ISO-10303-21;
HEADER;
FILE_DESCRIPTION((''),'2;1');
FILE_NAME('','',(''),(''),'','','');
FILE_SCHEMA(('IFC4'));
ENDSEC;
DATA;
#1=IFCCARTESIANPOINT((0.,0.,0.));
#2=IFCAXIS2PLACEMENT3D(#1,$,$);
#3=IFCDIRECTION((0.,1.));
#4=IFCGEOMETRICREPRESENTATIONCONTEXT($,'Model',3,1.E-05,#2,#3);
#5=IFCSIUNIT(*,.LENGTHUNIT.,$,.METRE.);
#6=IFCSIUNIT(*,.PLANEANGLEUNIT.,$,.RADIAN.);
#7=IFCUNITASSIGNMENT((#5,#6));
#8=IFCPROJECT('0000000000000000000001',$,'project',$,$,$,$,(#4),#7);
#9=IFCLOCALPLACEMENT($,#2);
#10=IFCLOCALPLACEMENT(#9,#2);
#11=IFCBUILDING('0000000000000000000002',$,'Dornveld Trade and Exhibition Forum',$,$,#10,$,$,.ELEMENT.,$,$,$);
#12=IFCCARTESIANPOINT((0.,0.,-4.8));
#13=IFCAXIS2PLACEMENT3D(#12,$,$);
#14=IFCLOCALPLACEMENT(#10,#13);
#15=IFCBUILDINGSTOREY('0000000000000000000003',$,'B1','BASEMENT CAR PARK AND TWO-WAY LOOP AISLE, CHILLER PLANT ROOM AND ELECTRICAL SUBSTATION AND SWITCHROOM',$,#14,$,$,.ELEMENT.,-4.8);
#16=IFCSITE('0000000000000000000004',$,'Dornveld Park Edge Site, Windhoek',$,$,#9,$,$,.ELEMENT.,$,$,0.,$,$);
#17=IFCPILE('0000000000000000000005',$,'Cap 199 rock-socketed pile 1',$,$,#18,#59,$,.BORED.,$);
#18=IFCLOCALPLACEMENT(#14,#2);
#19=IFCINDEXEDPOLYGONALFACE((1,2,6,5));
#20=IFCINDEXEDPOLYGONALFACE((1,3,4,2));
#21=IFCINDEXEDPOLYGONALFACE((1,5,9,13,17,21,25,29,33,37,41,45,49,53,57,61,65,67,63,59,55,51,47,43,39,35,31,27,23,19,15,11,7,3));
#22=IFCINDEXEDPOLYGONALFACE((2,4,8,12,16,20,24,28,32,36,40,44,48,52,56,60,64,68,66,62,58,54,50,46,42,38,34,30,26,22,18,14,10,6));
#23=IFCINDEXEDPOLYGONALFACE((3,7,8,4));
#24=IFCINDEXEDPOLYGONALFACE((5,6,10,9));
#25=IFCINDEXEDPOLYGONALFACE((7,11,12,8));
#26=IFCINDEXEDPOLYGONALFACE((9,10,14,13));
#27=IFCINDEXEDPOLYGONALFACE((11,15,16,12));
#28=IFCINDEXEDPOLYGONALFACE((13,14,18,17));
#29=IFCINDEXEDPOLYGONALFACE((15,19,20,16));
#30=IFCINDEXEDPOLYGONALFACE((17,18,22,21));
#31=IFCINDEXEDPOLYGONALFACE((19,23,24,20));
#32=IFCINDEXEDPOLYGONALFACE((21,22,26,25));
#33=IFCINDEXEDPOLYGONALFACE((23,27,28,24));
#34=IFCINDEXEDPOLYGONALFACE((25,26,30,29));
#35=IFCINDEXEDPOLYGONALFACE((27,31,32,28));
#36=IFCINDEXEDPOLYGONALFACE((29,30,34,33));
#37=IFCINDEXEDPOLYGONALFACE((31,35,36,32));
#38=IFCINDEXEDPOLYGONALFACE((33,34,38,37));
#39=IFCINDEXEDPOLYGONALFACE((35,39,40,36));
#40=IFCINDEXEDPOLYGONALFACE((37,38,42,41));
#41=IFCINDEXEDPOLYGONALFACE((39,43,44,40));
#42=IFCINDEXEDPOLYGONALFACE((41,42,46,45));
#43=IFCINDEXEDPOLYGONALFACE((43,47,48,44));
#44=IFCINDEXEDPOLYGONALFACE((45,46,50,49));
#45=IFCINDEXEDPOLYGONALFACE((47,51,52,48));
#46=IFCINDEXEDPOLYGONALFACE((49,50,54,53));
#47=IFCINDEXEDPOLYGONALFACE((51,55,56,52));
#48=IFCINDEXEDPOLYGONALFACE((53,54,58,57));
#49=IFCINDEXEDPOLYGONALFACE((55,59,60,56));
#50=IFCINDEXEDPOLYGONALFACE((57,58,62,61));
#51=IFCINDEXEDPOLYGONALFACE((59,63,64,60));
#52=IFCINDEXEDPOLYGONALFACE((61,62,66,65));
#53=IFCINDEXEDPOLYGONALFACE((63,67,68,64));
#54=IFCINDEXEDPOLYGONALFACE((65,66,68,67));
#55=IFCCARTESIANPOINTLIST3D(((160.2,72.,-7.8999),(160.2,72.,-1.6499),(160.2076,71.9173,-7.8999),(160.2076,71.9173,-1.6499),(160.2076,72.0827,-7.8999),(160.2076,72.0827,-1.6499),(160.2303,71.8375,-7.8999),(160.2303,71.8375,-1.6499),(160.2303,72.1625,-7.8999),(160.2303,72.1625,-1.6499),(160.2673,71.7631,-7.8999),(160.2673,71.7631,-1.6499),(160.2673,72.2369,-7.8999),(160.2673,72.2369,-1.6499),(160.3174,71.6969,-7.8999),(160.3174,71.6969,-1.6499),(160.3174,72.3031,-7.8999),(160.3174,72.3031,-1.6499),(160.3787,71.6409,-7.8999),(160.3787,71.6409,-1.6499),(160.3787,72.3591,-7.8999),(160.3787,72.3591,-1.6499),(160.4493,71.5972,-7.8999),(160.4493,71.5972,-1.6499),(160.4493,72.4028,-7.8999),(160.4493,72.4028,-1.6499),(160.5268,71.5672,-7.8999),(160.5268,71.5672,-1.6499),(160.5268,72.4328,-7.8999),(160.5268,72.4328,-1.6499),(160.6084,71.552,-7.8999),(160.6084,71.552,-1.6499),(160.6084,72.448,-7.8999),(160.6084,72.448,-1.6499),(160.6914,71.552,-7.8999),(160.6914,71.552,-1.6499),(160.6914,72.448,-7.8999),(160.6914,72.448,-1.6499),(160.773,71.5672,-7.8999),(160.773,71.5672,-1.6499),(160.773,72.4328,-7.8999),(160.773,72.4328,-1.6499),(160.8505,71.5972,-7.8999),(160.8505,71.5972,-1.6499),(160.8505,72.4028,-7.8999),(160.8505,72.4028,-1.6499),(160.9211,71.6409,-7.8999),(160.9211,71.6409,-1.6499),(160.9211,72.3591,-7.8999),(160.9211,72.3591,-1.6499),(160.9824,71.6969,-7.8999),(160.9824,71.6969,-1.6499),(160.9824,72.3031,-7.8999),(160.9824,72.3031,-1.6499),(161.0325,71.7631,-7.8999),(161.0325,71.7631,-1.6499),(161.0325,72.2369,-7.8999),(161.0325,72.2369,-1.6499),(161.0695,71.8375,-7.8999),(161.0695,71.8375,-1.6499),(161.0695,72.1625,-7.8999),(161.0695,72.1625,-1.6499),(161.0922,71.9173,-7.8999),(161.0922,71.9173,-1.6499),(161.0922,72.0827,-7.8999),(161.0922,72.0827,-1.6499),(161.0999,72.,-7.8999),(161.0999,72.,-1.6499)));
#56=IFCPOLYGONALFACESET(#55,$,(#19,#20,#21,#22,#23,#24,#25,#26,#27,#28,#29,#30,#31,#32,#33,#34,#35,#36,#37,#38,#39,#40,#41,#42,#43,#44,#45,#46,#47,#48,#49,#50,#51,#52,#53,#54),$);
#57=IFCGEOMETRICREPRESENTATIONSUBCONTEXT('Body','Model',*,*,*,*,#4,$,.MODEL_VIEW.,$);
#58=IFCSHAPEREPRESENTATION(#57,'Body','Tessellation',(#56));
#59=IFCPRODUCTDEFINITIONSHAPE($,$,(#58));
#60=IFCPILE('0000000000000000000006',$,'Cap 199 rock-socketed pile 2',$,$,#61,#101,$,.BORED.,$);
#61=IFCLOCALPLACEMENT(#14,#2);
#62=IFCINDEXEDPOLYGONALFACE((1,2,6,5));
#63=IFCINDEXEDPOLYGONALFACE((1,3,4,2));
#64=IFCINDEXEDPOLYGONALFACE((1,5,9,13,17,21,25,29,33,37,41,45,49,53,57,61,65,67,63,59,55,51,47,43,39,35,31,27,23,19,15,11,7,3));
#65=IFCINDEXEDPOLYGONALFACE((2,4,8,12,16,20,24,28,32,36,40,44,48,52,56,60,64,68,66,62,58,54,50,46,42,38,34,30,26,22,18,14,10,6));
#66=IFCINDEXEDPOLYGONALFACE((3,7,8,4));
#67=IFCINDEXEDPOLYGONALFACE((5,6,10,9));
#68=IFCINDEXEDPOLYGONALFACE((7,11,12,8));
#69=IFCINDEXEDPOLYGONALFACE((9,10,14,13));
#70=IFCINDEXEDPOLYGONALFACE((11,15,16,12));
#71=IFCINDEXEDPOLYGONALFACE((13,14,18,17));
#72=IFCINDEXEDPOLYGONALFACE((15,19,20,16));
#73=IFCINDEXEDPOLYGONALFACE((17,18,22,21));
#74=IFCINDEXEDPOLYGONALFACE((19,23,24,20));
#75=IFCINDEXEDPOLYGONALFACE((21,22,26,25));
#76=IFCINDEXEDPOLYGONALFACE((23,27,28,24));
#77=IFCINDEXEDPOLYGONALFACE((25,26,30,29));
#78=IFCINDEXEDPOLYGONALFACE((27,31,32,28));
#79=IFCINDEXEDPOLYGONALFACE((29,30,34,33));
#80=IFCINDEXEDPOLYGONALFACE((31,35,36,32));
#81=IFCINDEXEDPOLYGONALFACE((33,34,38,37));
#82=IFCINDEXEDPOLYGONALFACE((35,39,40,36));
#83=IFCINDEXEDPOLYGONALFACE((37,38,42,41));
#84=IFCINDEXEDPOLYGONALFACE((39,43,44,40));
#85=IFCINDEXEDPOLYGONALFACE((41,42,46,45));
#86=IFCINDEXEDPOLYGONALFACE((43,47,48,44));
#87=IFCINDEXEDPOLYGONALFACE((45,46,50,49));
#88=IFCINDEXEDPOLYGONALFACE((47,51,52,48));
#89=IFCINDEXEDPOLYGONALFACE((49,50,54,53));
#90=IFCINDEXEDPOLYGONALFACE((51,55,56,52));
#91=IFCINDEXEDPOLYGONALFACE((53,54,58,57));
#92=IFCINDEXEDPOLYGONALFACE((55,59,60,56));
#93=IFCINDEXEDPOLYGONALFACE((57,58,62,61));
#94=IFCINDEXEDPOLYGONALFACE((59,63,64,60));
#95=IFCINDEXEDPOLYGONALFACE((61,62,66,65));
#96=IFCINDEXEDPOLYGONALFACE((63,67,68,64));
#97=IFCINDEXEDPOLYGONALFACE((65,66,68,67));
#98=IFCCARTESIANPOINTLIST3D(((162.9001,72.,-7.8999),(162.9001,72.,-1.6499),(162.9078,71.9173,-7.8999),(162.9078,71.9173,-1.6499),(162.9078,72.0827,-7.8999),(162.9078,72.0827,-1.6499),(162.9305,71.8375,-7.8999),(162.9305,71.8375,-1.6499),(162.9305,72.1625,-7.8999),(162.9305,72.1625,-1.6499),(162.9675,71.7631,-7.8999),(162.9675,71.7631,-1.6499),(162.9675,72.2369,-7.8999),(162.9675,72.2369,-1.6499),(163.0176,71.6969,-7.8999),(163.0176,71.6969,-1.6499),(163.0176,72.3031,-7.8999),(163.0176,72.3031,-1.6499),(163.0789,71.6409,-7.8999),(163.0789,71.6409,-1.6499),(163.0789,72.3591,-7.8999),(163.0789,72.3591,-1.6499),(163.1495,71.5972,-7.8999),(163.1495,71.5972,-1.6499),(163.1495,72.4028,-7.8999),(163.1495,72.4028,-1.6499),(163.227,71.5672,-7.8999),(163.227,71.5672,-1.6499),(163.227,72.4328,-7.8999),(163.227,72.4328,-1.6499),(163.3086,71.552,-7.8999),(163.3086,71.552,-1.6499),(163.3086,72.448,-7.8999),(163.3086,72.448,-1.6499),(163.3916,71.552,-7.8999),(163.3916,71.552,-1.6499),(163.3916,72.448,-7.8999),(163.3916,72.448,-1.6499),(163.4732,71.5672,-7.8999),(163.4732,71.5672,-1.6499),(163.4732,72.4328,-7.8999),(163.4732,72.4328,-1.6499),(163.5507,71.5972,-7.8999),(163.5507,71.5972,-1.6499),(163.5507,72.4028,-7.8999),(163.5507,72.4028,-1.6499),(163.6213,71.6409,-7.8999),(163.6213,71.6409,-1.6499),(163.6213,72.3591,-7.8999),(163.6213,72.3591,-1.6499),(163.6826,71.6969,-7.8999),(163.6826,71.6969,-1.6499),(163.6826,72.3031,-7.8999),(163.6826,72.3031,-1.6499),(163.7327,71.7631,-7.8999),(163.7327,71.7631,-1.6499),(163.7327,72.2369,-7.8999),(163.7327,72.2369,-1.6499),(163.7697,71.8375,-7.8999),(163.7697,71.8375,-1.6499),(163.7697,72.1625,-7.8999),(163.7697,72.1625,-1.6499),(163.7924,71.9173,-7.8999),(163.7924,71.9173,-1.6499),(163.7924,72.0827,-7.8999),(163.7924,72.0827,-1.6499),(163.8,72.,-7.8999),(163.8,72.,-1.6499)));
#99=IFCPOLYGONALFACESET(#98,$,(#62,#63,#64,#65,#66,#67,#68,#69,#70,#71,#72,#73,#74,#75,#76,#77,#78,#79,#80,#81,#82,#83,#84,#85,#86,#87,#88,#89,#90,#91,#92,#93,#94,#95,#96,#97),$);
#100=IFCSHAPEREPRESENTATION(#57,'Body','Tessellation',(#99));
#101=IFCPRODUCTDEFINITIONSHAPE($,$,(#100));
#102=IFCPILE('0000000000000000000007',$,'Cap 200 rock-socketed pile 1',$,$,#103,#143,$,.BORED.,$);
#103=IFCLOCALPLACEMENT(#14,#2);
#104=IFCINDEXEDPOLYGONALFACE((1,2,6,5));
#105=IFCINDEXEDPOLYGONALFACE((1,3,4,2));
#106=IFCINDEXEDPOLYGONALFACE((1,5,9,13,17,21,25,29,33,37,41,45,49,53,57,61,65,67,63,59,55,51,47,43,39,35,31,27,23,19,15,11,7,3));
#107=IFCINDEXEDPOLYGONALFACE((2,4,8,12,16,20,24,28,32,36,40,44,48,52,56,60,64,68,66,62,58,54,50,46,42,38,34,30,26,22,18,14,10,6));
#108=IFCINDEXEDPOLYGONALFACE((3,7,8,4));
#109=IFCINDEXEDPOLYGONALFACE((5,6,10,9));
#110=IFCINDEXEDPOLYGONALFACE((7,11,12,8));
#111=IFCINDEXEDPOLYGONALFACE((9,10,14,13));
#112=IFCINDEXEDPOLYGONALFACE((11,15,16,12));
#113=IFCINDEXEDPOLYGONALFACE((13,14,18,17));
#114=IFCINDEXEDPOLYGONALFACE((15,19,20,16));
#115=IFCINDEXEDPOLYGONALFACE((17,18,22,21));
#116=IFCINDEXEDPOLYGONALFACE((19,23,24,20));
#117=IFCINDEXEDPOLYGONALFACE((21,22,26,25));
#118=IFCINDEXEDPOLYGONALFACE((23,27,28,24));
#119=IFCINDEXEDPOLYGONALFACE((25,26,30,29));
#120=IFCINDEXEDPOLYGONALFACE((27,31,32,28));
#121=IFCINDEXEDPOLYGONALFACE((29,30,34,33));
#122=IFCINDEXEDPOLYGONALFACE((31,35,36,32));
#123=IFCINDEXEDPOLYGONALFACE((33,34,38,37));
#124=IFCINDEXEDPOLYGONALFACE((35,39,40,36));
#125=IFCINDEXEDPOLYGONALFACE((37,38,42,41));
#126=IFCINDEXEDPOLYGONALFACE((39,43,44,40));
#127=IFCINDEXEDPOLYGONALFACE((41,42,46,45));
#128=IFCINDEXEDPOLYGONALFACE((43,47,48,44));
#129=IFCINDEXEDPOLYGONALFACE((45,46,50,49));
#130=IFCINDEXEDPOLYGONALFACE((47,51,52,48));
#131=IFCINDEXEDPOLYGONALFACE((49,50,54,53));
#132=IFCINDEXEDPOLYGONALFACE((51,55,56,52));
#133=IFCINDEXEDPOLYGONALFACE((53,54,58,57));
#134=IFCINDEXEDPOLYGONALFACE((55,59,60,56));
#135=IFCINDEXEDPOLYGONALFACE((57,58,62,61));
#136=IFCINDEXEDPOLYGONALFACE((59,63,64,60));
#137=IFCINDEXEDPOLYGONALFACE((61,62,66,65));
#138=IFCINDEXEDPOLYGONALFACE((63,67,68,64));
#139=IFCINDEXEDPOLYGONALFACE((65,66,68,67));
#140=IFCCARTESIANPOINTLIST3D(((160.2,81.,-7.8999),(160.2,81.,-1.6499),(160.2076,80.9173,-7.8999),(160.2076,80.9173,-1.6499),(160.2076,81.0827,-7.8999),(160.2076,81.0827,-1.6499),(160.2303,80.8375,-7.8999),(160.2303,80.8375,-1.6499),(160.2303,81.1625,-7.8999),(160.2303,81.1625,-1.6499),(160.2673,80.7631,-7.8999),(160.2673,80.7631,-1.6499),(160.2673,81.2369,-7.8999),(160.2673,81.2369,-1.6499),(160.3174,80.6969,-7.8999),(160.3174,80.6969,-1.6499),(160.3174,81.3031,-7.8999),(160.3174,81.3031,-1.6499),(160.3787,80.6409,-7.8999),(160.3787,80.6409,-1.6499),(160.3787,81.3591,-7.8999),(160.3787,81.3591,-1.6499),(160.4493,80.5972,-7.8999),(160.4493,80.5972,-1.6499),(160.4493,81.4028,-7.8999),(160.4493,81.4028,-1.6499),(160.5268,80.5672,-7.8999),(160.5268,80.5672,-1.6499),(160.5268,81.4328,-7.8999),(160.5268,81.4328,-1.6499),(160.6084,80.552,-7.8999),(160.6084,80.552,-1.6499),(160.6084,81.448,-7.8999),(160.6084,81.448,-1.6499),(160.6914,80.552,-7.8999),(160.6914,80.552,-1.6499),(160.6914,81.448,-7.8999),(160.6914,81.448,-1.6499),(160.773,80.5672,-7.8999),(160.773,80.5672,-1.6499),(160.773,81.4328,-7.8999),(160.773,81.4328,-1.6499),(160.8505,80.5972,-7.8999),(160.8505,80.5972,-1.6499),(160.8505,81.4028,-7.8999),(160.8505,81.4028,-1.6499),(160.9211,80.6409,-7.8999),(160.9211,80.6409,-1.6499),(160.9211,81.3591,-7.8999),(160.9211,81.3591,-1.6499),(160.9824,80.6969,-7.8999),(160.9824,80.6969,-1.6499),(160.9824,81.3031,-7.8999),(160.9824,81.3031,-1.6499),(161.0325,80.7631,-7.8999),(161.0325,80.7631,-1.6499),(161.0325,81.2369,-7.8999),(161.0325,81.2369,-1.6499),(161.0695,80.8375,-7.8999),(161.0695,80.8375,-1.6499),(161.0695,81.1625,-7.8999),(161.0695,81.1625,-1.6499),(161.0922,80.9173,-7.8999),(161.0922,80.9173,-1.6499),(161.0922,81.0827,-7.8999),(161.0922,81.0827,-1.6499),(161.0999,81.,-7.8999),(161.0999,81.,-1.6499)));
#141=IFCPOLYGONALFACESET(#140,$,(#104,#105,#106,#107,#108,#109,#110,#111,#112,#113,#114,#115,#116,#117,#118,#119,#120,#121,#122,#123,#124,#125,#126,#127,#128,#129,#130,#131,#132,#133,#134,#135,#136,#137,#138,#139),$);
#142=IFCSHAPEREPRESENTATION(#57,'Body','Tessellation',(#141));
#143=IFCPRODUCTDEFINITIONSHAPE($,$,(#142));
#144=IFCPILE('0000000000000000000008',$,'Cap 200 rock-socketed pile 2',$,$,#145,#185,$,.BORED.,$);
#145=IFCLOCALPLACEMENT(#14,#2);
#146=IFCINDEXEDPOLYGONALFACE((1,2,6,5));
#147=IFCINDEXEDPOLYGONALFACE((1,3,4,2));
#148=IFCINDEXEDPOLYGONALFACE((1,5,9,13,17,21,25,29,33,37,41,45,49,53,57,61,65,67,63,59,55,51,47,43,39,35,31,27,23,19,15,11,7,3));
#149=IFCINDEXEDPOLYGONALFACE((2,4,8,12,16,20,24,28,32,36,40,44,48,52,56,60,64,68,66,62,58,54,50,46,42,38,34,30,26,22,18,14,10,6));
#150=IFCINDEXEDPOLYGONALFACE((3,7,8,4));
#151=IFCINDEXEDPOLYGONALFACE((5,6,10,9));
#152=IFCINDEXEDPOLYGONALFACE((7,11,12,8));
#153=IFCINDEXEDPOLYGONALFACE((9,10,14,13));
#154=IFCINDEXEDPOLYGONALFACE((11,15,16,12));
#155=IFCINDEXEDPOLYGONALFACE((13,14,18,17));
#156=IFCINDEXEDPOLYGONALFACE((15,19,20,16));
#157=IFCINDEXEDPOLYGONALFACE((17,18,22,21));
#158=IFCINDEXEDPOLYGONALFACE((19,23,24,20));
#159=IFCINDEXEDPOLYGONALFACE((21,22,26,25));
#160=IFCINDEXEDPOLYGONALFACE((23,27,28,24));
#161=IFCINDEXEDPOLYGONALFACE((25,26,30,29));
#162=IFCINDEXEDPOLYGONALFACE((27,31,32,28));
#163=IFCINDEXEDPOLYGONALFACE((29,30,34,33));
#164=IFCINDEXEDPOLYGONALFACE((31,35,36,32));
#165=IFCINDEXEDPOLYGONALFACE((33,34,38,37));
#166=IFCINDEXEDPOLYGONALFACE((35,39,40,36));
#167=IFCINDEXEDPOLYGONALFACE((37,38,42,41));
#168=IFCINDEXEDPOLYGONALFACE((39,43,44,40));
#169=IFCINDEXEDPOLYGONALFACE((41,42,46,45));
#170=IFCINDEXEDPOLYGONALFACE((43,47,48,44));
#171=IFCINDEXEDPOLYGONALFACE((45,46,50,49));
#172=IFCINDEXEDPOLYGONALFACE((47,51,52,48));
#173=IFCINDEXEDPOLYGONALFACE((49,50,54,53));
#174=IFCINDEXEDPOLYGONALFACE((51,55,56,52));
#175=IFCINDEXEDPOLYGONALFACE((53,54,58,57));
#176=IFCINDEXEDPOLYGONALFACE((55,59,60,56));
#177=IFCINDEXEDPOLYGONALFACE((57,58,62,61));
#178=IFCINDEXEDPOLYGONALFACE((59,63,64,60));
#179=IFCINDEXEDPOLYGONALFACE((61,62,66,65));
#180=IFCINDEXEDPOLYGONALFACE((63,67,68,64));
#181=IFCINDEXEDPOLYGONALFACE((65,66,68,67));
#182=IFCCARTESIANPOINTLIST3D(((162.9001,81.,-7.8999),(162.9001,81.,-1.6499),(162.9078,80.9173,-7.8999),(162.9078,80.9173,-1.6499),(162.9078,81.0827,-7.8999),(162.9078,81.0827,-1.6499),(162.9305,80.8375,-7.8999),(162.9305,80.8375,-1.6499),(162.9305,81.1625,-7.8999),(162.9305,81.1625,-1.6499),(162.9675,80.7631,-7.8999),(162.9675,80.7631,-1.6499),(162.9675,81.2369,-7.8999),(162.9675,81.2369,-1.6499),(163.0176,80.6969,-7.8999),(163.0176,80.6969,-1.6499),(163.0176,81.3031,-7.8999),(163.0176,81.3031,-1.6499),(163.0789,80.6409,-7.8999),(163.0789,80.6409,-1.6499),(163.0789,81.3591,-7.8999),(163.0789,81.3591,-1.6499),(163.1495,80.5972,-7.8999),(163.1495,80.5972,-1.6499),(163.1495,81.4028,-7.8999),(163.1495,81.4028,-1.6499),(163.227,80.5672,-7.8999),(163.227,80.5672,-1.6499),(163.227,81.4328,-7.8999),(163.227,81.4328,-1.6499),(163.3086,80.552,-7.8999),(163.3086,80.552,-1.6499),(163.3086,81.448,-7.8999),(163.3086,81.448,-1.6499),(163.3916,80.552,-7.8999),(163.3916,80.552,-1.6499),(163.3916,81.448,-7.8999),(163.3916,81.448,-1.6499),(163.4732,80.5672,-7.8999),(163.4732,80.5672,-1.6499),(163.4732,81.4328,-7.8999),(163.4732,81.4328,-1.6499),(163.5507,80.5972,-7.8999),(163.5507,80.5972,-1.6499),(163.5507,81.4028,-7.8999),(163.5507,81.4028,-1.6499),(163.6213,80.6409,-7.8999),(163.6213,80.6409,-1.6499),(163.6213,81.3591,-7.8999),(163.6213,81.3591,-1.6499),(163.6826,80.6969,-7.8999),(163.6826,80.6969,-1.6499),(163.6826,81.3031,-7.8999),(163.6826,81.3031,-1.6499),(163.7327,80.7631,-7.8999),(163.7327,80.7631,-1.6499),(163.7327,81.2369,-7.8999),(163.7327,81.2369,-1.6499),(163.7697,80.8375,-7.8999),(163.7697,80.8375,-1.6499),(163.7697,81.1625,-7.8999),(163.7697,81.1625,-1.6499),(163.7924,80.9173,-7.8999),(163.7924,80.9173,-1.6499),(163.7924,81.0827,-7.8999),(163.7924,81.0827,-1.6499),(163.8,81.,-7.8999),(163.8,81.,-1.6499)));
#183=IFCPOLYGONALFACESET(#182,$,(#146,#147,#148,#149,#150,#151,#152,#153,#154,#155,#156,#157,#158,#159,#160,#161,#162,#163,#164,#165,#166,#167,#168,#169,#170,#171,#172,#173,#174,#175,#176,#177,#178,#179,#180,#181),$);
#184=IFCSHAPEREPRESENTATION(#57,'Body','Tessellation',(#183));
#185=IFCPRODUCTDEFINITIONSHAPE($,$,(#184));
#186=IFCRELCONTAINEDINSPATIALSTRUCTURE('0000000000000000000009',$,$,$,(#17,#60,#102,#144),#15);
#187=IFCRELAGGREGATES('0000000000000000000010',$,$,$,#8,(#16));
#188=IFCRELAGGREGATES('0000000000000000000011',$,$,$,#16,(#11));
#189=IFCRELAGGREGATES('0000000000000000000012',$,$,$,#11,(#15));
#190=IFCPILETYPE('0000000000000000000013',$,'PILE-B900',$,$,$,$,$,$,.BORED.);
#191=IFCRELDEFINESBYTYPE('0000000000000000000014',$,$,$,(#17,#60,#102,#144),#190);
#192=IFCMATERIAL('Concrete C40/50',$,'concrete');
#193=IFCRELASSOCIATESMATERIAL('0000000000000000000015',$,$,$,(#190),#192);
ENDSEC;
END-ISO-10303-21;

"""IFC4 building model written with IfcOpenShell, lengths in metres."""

from ifc_helpers import new_model, si_unit, direction, frame, origin, origin_2d, place, context, subcontext, project, spatial, circle, extrude, material, material_profile, profile_set, type_object, element, save


model = new_model("IFC4")

# Units and contexts
model_context = context("Model", 3, precision=1e-05, world=origin(), true_north=direction((0.0, 1.0)))
body_context = subcontext(model_context, "Body", "Model", "MODEL_VIEW")
ifc_project = project(units=[si_unit("LENGTHUNIT", "METRE"), si_unit("PLANEANGLEUNIT", "RADIAN")], contexts=[model_context])

# Site, building, storey
site_placement = place(None, origin())
site = spatial("IfcSite", under=ifc_project, at=site_placement, Name="Dornveld Park Edge Site, Windhoek", CompositionType="ELEMENT", RefElevation=0.0)
building_placement = place(site_placement, origin())
building = spatial("IfcBuilding", under=site, at=building_placement, Name="Dornveld Trade and Exhibition Forum", CompositionType="ELEMENT")
storey_placement = place(building_placement, frame((0.0, 0.0, -4.8)))
storey = spatial("IfcBuildingStorey", under=building, at=storey_placement, Name="B1", Description="BASEMENT CAR PARK AND TWO-WAY LOOP AISLE, CHILLER PLANT ROOM AND ELECTRICAL SUBSTATION AND SWITCHROOM", CompositionType="ELEMENT", Elevation=-4.8)

# Piles
ifc_material_1 = material(Name="Concrete C40/50", Category="concrete")
ifc_material_profile_1 = material_profile(ifc_material_1, circle(Radius=0.45, at=origin_2d()), Name="PILE D900")
ifc_profile_set_1 = profile_set([ifc_material_profile_1], Name="Concrete C40/50")
pile_type = type_object("IfcPileType", Name="PILE-B900", PredefinedType="BORED", material=ifc_profile_set_1)
for number, where, z_axis, x_axis, name in (
    (1, (160.6499, 72.0, -1.6499), (0.0, 0.0, -1.0), (1.0, 0.0, 0.0), "Cap 199 rock-socketed pile 1"),
    (2, (163.3501, 72.0, -1.6499), (0.0, 0.0, -1.0), (1.0, 0.0, 0.0), "Cap 199 rock-socketed pile 2"),
    (3, (160.6499, 81.0, -1.6499), (0.0, 0.0, -1.0), (1.0, 0.0, 0.0), "Cap 200 rock-socketed pile 1"),
    (4, (163.3501, 81.0, -1.6499), (0.0, 0.0, -1.0), (1.0, 0.0, 0.0), "Cap 200 rock-socketed pile 2"),
):
    element("IfcPile", number, at=place(storey_placement, frame(where, z_axis=z_axis, x_axis=x_axis)), inside=storey, type_object=pile_type, Name=name, PredefinedType="BORED", context=body_context, shape_type="SweptSolid", body=[
        extrude(circle(Radius=0.45, at=origin_2d()), origin(), (0.0, 0.0, 1.0), 6.25),
    ])

save(model, "model.ifc")
